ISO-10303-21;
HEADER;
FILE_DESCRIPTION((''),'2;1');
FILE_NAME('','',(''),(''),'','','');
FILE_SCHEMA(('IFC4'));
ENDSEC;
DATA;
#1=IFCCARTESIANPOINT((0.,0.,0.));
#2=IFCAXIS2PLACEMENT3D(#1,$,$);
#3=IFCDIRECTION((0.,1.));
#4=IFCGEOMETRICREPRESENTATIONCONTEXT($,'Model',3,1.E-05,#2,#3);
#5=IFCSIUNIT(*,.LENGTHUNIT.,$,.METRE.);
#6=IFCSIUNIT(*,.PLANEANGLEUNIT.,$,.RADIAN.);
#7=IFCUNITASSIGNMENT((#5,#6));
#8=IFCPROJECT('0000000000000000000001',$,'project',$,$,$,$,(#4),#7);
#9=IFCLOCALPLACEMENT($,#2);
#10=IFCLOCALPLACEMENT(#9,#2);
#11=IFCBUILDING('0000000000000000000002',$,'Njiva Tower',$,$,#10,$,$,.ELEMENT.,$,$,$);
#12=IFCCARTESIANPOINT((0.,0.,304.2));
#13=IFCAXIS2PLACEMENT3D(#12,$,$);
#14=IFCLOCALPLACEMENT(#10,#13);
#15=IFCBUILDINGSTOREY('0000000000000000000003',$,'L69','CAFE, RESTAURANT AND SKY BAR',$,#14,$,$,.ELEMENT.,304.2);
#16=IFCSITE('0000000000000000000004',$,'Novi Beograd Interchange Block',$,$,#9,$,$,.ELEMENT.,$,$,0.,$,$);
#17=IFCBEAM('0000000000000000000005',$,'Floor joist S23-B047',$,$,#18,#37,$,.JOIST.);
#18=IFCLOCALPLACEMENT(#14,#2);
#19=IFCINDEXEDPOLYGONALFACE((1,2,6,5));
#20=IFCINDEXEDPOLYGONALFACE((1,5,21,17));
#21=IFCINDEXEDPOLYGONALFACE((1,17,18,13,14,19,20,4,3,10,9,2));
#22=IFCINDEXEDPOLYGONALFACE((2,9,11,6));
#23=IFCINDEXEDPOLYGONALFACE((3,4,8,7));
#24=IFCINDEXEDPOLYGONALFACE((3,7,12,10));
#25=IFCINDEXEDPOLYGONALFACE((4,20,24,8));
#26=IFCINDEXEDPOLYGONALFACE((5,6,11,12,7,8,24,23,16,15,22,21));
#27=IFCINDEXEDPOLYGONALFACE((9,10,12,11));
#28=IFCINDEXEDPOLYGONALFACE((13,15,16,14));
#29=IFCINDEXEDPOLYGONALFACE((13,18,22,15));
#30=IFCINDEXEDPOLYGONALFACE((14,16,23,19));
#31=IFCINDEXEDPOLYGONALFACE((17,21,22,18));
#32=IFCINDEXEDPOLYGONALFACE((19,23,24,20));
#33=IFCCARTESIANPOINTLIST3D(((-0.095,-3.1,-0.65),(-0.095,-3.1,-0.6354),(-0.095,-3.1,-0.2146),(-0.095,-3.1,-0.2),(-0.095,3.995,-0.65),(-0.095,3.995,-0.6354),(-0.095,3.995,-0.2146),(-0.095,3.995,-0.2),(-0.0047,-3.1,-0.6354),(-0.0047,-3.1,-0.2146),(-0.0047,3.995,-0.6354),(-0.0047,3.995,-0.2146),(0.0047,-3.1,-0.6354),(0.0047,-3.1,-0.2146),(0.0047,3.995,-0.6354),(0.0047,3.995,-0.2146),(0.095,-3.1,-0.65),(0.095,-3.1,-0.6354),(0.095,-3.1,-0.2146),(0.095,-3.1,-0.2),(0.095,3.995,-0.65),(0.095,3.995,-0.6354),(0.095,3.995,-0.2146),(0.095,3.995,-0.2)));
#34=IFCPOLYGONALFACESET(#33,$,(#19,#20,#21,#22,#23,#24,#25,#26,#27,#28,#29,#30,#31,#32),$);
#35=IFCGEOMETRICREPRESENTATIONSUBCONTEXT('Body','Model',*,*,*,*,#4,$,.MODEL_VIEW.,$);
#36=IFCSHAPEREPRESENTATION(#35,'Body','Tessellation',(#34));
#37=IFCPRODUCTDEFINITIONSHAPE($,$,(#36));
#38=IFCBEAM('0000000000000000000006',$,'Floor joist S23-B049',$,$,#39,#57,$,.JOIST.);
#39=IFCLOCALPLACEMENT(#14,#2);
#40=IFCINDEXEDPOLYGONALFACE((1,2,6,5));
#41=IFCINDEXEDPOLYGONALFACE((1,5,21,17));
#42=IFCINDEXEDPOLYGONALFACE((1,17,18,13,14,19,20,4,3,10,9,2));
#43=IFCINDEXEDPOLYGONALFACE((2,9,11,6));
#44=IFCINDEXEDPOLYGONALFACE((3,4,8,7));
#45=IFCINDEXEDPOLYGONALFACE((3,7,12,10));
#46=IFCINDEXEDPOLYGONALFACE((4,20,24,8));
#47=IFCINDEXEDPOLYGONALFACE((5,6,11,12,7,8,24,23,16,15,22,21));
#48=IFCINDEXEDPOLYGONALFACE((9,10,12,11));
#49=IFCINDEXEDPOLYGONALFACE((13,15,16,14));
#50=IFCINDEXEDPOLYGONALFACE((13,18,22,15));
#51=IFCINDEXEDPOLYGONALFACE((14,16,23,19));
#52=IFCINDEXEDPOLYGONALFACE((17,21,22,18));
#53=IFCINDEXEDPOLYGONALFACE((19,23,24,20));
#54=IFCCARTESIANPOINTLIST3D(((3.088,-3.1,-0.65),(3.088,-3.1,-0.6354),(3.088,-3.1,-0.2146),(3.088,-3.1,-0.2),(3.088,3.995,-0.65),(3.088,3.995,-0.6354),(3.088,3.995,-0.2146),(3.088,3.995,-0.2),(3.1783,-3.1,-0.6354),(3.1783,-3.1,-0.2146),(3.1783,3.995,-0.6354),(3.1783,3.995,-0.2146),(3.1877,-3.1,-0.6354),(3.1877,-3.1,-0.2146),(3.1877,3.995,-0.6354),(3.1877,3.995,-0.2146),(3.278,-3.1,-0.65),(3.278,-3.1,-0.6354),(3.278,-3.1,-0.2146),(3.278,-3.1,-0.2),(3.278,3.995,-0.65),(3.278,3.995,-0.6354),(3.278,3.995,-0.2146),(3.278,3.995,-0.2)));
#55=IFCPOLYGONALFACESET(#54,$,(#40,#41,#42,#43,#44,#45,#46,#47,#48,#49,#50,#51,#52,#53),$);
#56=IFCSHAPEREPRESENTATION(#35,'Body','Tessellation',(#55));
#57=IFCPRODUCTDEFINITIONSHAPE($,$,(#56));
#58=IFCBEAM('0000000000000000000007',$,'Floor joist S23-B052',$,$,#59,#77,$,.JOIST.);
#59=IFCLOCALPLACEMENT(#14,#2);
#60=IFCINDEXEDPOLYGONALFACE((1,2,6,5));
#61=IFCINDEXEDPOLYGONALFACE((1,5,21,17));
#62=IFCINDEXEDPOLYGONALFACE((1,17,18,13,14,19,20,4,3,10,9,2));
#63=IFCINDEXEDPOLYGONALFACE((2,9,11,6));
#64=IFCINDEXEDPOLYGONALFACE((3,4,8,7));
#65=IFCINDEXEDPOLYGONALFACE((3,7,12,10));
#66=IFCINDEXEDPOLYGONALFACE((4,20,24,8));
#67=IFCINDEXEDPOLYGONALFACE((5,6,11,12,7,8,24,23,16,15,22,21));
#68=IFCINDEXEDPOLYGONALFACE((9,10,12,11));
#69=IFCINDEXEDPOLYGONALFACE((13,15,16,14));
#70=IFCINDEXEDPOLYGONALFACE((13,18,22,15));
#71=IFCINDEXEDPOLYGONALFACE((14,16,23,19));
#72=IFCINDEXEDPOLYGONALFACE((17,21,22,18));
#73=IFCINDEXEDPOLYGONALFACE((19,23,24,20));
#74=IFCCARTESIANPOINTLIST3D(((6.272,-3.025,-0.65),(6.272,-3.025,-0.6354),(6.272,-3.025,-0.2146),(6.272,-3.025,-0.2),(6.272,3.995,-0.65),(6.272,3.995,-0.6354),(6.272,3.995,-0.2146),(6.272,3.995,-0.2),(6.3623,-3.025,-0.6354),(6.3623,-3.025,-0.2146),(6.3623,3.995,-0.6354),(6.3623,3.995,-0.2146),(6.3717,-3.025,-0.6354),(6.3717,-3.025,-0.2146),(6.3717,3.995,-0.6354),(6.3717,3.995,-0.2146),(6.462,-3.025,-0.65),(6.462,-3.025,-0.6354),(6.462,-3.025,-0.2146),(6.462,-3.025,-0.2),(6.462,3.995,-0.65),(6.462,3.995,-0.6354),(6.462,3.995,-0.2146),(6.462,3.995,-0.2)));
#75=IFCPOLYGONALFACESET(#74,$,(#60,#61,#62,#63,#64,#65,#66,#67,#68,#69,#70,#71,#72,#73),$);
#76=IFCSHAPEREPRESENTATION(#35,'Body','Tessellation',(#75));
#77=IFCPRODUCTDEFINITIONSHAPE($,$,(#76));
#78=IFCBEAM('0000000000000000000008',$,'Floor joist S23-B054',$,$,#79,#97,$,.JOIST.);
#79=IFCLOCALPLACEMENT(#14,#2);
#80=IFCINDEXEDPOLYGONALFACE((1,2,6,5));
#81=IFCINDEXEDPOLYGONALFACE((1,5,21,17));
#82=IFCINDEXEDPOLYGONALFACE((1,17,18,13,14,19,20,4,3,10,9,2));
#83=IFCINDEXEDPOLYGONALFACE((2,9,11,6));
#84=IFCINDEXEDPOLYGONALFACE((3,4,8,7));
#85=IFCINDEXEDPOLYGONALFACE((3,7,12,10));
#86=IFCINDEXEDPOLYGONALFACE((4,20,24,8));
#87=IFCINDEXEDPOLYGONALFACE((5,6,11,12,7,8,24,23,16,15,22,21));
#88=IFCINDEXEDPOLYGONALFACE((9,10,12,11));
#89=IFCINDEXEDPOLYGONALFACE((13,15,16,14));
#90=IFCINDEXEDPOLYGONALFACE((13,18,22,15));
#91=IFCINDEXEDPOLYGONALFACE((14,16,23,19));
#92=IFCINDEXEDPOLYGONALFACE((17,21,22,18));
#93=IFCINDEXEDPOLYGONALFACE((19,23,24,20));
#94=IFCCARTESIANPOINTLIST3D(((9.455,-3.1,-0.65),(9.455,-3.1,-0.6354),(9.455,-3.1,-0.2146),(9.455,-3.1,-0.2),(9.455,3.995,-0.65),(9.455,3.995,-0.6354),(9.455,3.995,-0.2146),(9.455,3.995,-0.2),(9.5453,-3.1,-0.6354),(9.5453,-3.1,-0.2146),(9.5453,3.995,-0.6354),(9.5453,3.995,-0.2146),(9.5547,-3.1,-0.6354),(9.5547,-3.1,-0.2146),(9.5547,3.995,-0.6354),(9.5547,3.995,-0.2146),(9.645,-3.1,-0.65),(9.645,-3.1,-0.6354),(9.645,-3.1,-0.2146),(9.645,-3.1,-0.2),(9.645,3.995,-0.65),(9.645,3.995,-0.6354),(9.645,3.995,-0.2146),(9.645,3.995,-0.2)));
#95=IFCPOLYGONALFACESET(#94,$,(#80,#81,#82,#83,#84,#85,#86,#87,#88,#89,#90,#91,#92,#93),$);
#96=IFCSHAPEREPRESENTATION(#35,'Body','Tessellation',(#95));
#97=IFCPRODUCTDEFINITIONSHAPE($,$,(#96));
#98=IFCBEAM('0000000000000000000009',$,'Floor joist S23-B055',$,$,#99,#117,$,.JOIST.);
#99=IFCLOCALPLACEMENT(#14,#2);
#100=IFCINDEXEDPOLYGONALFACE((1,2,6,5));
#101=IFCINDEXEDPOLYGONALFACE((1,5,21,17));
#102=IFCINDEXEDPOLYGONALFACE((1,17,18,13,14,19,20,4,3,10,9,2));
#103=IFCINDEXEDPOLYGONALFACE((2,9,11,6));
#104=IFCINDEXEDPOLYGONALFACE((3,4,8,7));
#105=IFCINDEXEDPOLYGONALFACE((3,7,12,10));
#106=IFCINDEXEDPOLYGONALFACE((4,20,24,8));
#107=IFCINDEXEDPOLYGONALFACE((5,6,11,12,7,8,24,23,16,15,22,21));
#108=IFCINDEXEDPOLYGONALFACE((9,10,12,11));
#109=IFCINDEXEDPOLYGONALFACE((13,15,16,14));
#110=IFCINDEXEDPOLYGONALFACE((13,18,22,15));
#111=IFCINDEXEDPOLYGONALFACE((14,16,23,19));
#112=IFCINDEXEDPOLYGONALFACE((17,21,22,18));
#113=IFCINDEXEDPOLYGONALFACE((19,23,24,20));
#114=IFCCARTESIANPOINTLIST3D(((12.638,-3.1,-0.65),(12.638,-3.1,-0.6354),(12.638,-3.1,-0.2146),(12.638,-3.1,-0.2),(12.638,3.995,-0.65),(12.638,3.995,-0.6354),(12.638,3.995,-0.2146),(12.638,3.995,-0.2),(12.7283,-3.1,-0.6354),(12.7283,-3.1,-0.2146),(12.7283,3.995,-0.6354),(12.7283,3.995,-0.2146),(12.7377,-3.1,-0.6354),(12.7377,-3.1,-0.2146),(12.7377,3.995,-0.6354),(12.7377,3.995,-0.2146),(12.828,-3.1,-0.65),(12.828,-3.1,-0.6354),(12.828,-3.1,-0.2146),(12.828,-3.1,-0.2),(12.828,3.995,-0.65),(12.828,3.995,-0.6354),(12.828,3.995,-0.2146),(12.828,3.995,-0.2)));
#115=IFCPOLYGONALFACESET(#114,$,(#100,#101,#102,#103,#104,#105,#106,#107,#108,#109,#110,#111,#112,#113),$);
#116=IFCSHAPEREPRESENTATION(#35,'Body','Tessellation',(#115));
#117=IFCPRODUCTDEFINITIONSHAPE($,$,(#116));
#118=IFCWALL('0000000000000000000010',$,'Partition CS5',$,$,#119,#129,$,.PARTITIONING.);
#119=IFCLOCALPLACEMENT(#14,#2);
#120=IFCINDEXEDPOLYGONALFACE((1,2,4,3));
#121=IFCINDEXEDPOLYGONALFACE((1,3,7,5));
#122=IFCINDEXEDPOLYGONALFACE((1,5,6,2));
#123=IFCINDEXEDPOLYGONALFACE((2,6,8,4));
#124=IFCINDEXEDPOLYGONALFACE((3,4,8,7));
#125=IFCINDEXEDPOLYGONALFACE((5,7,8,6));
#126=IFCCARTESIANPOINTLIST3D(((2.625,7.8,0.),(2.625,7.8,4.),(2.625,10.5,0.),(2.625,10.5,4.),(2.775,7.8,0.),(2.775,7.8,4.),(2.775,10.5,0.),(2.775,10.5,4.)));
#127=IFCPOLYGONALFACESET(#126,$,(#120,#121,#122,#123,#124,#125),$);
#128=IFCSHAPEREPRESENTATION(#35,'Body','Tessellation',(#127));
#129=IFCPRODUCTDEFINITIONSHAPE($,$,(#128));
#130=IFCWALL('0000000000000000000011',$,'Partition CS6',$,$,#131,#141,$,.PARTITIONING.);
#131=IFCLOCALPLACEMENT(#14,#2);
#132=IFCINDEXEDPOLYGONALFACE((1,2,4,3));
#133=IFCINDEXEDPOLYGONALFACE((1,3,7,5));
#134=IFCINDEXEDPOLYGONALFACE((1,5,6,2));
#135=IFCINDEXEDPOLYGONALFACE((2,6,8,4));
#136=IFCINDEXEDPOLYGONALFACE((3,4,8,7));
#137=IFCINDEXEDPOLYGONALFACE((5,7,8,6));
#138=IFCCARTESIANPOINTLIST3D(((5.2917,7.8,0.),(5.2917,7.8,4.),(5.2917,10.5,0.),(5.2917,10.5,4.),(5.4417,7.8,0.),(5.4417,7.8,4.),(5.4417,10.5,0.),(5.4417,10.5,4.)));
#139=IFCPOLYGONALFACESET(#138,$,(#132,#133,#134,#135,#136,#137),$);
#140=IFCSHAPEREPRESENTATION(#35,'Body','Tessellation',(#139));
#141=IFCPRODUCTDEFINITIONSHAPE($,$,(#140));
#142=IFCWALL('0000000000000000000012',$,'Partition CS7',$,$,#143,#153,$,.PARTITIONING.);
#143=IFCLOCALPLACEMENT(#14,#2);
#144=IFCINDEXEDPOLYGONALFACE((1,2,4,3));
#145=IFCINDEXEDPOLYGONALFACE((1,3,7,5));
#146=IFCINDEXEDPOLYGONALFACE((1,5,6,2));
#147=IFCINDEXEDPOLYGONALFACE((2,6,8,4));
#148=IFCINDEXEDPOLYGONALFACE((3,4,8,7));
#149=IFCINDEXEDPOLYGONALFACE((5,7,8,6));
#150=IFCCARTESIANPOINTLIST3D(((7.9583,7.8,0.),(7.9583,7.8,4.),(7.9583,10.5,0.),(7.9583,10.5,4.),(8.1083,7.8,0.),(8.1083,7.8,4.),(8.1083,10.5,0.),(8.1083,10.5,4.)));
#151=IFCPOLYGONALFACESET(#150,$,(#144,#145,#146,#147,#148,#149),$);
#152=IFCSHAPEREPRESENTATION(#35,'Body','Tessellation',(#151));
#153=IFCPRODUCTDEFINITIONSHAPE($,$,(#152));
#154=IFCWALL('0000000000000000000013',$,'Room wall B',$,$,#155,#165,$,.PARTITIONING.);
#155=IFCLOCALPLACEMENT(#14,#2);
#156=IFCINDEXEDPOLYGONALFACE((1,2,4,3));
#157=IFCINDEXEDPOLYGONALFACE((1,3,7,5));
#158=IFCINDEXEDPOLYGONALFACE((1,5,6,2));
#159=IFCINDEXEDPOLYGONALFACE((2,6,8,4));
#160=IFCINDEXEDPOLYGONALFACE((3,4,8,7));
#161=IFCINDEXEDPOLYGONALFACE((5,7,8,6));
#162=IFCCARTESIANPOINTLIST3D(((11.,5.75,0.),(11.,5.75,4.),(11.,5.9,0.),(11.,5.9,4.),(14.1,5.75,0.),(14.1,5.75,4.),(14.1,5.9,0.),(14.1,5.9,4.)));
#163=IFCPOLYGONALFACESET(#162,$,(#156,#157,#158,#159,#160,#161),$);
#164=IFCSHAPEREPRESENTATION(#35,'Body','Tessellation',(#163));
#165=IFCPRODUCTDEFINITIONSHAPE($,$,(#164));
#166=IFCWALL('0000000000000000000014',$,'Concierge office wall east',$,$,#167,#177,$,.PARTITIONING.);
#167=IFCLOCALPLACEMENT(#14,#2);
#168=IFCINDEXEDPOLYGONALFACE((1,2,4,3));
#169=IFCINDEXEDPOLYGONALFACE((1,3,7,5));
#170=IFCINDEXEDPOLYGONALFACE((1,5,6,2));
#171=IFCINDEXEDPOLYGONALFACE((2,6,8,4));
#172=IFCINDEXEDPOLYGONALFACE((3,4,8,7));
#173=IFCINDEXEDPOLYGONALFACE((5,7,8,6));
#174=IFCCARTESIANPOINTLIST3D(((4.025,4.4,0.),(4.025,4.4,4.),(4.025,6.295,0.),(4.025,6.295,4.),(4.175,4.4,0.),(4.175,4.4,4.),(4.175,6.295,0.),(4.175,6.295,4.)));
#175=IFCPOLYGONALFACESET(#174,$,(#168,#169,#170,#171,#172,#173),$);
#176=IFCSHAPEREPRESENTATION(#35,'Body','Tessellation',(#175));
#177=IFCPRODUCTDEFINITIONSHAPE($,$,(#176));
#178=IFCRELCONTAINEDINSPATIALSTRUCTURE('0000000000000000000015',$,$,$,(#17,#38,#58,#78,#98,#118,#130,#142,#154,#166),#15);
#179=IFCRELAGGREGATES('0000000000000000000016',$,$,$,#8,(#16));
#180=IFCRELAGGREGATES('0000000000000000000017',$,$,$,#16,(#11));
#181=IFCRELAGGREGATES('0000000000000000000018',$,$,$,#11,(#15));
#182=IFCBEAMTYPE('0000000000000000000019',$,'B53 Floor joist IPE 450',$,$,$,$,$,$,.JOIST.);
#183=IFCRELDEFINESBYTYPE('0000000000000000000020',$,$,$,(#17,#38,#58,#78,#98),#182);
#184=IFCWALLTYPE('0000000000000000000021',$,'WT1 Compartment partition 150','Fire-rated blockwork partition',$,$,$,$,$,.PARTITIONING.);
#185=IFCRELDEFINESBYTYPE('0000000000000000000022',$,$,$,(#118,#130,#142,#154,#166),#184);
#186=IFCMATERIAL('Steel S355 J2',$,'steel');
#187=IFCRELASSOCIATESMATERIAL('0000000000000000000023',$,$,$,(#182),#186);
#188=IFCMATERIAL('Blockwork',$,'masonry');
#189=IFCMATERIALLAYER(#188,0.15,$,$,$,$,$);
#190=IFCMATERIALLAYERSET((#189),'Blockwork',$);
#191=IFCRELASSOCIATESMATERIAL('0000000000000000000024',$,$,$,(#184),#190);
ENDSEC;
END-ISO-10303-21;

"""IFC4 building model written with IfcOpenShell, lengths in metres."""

from ifc_helpers import new_model, si_unit, direction, frame, frame_2d, origin, origin_2d, place, context, subcontext, project, spatial, rectangle, i_section, extrude, material, layer, layer_set, material_profile, profile_set, type_object, element, save


model = new_model("IFC4")

# Units and contexts
model_context = context("Model", 3, precision=1e-05, world=origin(), true_north=direction((0.0, 1.0)))
body_context = subcontext(model_context, "Body", "Model", "MODEL_VIEW")
ifc_project = project(units=[si_unit("LENGTHUNIT", "METRE"), si_unit("PLANEANGLEUNIT", "RADIAN")], contexts=[model_context])

# Site, building, storey
site_placement = place(None, origin())
site = spatial("IfcSite", under=ifc_project, at=site_placement, Name="Novi Beograd Interchange Block", CompositionType="ELEMENT", RefElevation=0.0)
building_placement = place(site_placement, origin())
building = spatial("IfcBuilding", under=site, at=building_placement, Name="Njiva Tower", CompositionType="ELEMENT")
storey_placement = place(building_placement, frame((0.0, 0.0, 304.2)))
storey = spatial("IfcBuildingStorey", under=building, at=storey_placement, Name="L69", Description="CAFE, RESTAURANT AND SKY BAR", CompositionType="ELEMENT", Elevation=304.2)

# Beams
ifc_material_1 = material(Name="Steel S355 J2", Category="steel")
ifc_material_profile = material_profile(ifc_material_1, i_section(OverallWidth=0.19, OverallDepth=0.45, WebThickness=0.0094, FlangeThickness=0.0146, at=origin_2d()), Name="IPE 450")
ifc_profile_set = profile_set([ifc_material_profile], Name="Steel S355 J2")
beam_type = type_object("IfcBeamType", Name="B53 Floor joist IPE 450", PredefinedType="JOIST", material=ifc_profile_set)
for number, where, z_axis, x_axis, name in (
    (1, (0.0, 3.995, -0.425), (0.0, -1.0, 0.0), (1.0, 0.0, 0.0), "Floor joist S23-B047"),
    (2, (3.183, 3.995, -0.425), (0.0, -1.0, 0.0), (1.0, 0.0, 0.0), "Floor joist S23-B049"),
):
    element("IfcBeam", number, at=place(storey_placement, frame(where, z_axis=z_axis, x_axis=x_axis)), inside=storey, type_object=beam_type, Name=name, PredefinedType="JOIST", context=body_context, shape_type="SweptSolid", body=[
        extrude(i_section(OverallWidth=0.19, OverallDepth=0.45, WebThickness=0.0094, FlangeThickness=0.0146, at=origin_2d()), origin(), (0.0, 0.0, 1.0), 7.095),
    ])
beam_placement = place(storey_placement, frame((6.367, 3.995, -0.425), z_axis=(0.0, -1.0, 0.0), x_axis=(1.0, 0.0, 0.0)))
element("IfcBeam", 3, at=beam_placement, inside=storey, type_object=beam_type, Name="Floor joist S23-B052", PredefinedType="JOIST", context=body_context, shape_type="SweptSolid", body=[
    extrude(i_section(OverallWidth=0.19, OverallDepth=0.45, WebThickness=0.0094, FlangeThickness=0.0146, at=origin_2d()), origin(), (0.0, 0.0, 1.0), 7.02),
])
for number, where, z_axis, x_axis, name in (
    (4, (9.55, 3.995, -0.425), (0.0, -1.0, 0.0), (1.0, 0.0, 0.0), "Floor joist S23-B054"),
    (5, (12.733, 3.995, -0.425), (0.0, -1.0, 0.0), (1.0, 0.0, 0.0), "Floor joist S23-B055"),
):
    element("IfcBeam", number, at=place(storey_placement, frame(where, z_axis=z_axis, x_axis=x_axis)), inside=storey, type_object=beam_type, Name=name, PredefinedType="JOIST", context=body_context, shape_type="SweptSolid", body=[
        extrude(i_section(OverallWidth=0.19, OverallDepth=0.45, WebThickness=0.0094, FlangeThickness=0.0146, at=origin_2d()), origin(), (0.0, 0.0, 1.0), 7.095),
    ])

# Walls
ifc_material_2 = material(Name="Blockwork", Category="masonry")
ifc_layer_1 = layer(ifc_material_2, 0.15)
ifc_layer_set_1 = layer_set([ifc_layer_1], Name="Blockwork")
wall_type_1 = type_object("IfcWallType", Name="WT1 Compartment partition 150", Description="Fire-rated blockwork partition", PredefinedType="PARTITIONING", material=ifc_layer_set_1)
for number, where, z_axis, x_axis, name in (
    (6, (2.7, 7.8, 0.0), (0.0, 0.0, 1.0), (0.0, 1.0, 0.0), "Partition CS5"),
    (7, (5.3667, 7.8, 0.0), (0.0, 0.0, 1.0), (0.0, 1.0, 0.0), "Partition CS6"),
    (8, (8.0333, 7.8, 0.0), (0.0, 0.0, 1.0), (0.0, 1.0, 0.0), "Partition CS7"),
):
    element("IfcWall", number, at=place(storey_placement, frame(where, z_axis=z_axis, x_axis=x_axis)), inside=storey, type_object=wall_type_1, Name=name, PredefinedType="PARTITIONING", context=body_context, shape_type="SweptSolid", body=[
        extrude(rectangle(XDim=2.7, YDim=0.15, at=frame_2d((1.35, 0.0))), origin(), (0.0, 0.0, 1.0), 4.0),
    ])
wall_1_placement = place(storey_placement, frame((11.0, 5.825, 0.0), z_axis=(0.0, 0.0, 1.0), x_axis=(1.0, 0.0, 0.0)))
element("IfcWall", 9, at=wall_1_placement, inside=storey, type_object=wall_type_1, Name="Room wall B", PredefinedType="PARTITIONING", context=body_context, shape_type="SweptSolid", body=[
    extrude(rectangle(XDim=3.1, YDim=0.15, at=frame_2d((1.55, 0.0))), origin(), (0.0, 0.0, 1.0), 4.0),
])
wall_2_placement = place(storey_placement, frame((4.1, 4.4, 0.0), z_axis=(0.0, 0.0, 1.0), x_axis=(0.0, 1.0, 0.0)))
element("IfcWall", 10, at=wall_2_placement, inside=storey, type_object=wall_type_1, Name="Concierge office wall east", PredefinedType="PARTITIONING", context=body_context, shape_type="SweptSolid", body=[
    extrude(rectangle(XDim=1.895, YDim=0.15, at=frame_2d((0.9475, 0.0))), origin(), (0.0, 0.0, 1.0), 4.0),
])

save(model, "model.ifc")
